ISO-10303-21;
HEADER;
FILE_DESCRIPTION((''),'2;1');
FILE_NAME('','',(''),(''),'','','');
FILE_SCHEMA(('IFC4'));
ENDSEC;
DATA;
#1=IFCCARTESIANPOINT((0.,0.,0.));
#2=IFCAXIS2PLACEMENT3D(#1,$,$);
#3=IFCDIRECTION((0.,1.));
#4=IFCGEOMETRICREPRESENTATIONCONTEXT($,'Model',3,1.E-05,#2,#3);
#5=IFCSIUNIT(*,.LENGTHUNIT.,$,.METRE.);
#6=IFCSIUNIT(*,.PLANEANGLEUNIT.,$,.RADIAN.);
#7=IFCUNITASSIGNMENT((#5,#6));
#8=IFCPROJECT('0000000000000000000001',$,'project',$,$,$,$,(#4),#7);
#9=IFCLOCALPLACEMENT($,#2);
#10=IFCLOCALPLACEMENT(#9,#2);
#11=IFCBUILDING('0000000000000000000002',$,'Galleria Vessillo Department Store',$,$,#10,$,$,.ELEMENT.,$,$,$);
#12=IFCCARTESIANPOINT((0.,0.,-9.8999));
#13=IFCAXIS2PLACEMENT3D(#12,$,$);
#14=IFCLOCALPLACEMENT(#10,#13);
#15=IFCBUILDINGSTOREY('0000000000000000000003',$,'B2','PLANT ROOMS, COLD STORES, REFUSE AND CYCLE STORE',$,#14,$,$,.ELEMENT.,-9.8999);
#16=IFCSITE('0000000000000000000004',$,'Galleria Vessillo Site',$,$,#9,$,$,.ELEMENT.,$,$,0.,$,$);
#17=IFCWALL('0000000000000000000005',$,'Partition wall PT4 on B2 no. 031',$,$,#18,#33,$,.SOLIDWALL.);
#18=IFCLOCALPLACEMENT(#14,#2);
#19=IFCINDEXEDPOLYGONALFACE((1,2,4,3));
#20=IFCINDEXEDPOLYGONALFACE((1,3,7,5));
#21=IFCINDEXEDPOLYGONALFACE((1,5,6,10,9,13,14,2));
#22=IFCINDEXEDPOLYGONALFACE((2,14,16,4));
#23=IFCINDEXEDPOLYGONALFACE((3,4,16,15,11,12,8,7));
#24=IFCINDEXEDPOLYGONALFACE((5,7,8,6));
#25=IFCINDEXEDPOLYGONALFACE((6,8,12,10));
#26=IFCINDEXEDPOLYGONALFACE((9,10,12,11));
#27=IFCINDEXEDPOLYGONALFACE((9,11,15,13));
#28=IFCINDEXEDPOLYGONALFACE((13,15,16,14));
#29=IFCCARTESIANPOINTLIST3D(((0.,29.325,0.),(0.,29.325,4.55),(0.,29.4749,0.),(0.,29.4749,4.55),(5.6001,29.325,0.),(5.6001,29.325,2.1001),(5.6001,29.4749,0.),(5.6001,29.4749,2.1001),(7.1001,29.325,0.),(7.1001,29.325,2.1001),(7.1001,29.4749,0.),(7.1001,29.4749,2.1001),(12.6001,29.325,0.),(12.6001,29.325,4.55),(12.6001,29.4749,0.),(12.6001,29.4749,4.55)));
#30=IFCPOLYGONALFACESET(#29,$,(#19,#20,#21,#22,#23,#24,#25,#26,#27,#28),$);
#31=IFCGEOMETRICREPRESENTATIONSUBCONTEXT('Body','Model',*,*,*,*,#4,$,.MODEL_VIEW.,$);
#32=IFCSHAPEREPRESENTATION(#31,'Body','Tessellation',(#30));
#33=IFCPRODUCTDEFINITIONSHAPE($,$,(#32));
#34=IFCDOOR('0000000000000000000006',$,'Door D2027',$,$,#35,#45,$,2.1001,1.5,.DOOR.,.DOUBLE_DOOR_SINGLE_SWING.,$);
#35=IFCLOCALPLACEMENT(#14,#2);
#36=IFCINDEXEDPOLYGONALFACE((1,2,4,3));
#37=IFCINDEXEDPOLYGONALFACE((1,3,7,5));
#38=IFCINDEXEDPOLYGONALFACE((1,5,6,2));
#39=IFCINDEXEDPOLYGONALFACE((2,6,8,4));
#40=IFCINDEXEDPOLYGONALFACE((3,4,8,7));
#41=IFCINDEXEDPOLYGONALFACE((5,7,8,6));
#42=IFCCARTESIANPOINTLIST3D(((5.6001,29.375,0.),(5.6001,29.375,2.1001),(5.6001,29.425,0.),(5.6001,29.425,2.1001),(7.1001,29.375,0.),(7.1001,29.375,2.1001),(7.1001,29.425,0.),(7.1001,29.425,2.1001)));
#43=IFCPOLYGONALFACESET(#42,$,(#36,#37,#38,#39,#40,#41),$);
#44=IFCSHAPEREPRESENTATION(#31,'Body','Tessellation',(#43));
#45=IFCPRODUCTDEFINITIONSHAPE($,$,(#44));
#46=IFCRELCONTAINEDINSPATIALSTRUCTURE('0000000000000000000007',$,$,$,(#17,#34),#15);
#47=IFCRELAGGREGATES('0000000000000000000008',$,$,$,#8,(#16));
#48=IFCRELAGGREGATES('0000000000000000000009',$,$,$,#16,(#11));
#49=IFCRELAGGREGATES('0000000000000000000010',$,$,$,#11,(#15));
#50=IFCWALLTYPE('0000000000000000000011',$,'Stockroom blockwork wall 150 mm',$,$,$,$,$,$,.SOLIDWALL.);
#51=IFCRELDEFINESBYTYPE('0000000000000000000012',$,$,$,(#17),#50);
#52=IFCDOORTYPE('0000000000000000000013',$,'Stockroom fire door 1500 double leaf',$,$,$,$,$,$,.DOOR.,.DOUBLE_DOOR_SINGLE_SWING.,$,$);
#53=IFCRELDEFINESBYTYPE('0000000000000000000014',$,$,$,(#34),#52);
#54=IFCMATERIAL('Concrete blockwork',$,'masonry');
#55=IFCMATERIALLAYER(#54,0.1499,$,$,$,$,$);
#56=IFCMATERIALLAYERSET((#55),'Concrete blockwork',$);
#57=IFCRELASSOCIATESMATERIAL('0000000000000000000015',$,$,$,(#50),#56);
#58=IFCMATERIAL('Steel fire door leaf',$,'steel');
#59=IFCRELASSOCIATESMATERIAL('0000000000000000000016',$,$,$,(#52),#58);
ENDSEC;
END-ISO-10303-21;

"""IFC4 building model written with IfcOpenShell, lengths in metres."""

from ifc_helpers import new_model, si_unit, direction, frame, frame_2d, origin, place, context, subcontext, project, spatial, rectangle, extrude, material, layer, layer_set, type_object, element, fill, save


model = new_model("IFC4")

# Units and contexts
model_context = context("Model", 3, precision=1e-05, world=origin(), true_north=direction((0.0, 1.0)))
body_context = subcontext(model_context, "Body", "Model", "MODEL_VIEW")
ifc_project = project(units=[si_unit("LENGTHUNIT", "METRE"), si_unit("PLANEANGLEUNIT", "RADIAN")], contexts=[model_context])

# Site, building, storey
site_placement = place(None, origin())
site = spatial("IfcSite", under=ifc_project, at=site_placement, Name="Galleria Vessillo Site", CompositionType="ELEMENT", RefElevation=0.0)
building_placement = place(site_placement, origin())
building = spatial("IfcBuilding", under=site, at=building_placement, Name="Galleria Vessillo Department Store", CompositionType="ELEMENT")
storey_placement = place(building_placement, frame((0.0, 0.0, -9.8999)))
storey = spatial("IfcBuildingStorey", under=building, at=storey_placement, Name="B2", Description="PLANT ROOMS, COLD STORES, REFUSE AND CYCLE STORE", CompositionType="ELEMENT", Elevation=-9.8999)

# Wall, opening, door
ifc_material_1 = material(Name="Concrete blockwork", Category="masonry")
ifc_layer_1 = layer(ifc_material_1, 0.1499)
ifc_layer_set_1 = layer_set([ifc_layer_1], Name="Concrete blockwork")
wall_type_1 = type_object("IfcWallType", Name="Stockroom blockwork wall 150 mm", PredefinedType="SOLIDWALL", material=ifc_layer_set_1)
wall_1_placement = place(storey_placement, frame((0.0, 29.3999, 0.0), z_axis=(0.0, 0.0, 1.0), x_axis=(1.0, 0.0, 0.0)))
wall_1 = element("IfcWall", 1, at=wall_1_placement, inside=storey, type_object=wall_type_1, Name="Partition wall PT4 on B2 no. 031", PredefinedType="SOLIDWALL", context=body_context, shape_type="SweptSolid", body=[
    extrude(rectangle(XDim=12.6001, YDim=0.1499, at=frame_2d((6.3, 0.0))), origin(), (0.0, 0.0, 1.0), 4.55),
])
opening_1_placement = place(wall_1_placement, frame((5.6001, 0.0, 0.0)))
opening_1 = element("IfcOpeningElement", 2, at=opening_1_placement, cuts=wall_1, PredefinedType="OPENING", context=body_context, shape_type="SweptSolid", body=[
    extrude(rectangle(XDim=1.5, YDim=2.1001, at=frame_2d((0.75, 1.05))), frame((0.0, 0.085, 0.0), z_axis=(0.0, -1.0, 0.0), x_axis=(1.0, 0.0, 0.0)), (0.0, 0.0, 1.0), 0.1699),
])
ifc_material_2 = material(Name="Steel fire door leaf", Category="steel")
door_type_1 = type_object("IfcDoorType", Name="Stockroom fire door 1500 double leaf", OperationType="DOUBLE_DOOR_SINGLE_SWING", PredefinedType="DOOR", material=ifc_material_2)
door_1_placement = place(opening_1_placement, frame((1.5, 0.0, 0.0), z_axis=(0.0, 0.0, 1.0), x_axis=(-1.0, 0.0, 0.0)))
door_1 = element("IfcDoor", 3, at=door_1_placement, inside=storey, type_object=door_type_1, Name="Door D2027", OperationType="DOUBLE_DOOR_SINGLE_SWING", OverallHeight=2.1001, OverallWidth=1.5, PredefinedType="DOOR", context=body_context, shape_type="SweptSolid", body=[
    extrude(rectangle(XDim=1.5, YDim=2.1001, at=frame_2d((0.75, 1.05))), frame((0.0, 0.0249, 0.0), z_axis=(0.0, -1.0, 0.0), x_axis=(1.0, 0.0, 0.0)), (0.0, 0.0, 1.0), 0.05),
])
fill(opening_1, door_1)

save(model, "model.ifc")
